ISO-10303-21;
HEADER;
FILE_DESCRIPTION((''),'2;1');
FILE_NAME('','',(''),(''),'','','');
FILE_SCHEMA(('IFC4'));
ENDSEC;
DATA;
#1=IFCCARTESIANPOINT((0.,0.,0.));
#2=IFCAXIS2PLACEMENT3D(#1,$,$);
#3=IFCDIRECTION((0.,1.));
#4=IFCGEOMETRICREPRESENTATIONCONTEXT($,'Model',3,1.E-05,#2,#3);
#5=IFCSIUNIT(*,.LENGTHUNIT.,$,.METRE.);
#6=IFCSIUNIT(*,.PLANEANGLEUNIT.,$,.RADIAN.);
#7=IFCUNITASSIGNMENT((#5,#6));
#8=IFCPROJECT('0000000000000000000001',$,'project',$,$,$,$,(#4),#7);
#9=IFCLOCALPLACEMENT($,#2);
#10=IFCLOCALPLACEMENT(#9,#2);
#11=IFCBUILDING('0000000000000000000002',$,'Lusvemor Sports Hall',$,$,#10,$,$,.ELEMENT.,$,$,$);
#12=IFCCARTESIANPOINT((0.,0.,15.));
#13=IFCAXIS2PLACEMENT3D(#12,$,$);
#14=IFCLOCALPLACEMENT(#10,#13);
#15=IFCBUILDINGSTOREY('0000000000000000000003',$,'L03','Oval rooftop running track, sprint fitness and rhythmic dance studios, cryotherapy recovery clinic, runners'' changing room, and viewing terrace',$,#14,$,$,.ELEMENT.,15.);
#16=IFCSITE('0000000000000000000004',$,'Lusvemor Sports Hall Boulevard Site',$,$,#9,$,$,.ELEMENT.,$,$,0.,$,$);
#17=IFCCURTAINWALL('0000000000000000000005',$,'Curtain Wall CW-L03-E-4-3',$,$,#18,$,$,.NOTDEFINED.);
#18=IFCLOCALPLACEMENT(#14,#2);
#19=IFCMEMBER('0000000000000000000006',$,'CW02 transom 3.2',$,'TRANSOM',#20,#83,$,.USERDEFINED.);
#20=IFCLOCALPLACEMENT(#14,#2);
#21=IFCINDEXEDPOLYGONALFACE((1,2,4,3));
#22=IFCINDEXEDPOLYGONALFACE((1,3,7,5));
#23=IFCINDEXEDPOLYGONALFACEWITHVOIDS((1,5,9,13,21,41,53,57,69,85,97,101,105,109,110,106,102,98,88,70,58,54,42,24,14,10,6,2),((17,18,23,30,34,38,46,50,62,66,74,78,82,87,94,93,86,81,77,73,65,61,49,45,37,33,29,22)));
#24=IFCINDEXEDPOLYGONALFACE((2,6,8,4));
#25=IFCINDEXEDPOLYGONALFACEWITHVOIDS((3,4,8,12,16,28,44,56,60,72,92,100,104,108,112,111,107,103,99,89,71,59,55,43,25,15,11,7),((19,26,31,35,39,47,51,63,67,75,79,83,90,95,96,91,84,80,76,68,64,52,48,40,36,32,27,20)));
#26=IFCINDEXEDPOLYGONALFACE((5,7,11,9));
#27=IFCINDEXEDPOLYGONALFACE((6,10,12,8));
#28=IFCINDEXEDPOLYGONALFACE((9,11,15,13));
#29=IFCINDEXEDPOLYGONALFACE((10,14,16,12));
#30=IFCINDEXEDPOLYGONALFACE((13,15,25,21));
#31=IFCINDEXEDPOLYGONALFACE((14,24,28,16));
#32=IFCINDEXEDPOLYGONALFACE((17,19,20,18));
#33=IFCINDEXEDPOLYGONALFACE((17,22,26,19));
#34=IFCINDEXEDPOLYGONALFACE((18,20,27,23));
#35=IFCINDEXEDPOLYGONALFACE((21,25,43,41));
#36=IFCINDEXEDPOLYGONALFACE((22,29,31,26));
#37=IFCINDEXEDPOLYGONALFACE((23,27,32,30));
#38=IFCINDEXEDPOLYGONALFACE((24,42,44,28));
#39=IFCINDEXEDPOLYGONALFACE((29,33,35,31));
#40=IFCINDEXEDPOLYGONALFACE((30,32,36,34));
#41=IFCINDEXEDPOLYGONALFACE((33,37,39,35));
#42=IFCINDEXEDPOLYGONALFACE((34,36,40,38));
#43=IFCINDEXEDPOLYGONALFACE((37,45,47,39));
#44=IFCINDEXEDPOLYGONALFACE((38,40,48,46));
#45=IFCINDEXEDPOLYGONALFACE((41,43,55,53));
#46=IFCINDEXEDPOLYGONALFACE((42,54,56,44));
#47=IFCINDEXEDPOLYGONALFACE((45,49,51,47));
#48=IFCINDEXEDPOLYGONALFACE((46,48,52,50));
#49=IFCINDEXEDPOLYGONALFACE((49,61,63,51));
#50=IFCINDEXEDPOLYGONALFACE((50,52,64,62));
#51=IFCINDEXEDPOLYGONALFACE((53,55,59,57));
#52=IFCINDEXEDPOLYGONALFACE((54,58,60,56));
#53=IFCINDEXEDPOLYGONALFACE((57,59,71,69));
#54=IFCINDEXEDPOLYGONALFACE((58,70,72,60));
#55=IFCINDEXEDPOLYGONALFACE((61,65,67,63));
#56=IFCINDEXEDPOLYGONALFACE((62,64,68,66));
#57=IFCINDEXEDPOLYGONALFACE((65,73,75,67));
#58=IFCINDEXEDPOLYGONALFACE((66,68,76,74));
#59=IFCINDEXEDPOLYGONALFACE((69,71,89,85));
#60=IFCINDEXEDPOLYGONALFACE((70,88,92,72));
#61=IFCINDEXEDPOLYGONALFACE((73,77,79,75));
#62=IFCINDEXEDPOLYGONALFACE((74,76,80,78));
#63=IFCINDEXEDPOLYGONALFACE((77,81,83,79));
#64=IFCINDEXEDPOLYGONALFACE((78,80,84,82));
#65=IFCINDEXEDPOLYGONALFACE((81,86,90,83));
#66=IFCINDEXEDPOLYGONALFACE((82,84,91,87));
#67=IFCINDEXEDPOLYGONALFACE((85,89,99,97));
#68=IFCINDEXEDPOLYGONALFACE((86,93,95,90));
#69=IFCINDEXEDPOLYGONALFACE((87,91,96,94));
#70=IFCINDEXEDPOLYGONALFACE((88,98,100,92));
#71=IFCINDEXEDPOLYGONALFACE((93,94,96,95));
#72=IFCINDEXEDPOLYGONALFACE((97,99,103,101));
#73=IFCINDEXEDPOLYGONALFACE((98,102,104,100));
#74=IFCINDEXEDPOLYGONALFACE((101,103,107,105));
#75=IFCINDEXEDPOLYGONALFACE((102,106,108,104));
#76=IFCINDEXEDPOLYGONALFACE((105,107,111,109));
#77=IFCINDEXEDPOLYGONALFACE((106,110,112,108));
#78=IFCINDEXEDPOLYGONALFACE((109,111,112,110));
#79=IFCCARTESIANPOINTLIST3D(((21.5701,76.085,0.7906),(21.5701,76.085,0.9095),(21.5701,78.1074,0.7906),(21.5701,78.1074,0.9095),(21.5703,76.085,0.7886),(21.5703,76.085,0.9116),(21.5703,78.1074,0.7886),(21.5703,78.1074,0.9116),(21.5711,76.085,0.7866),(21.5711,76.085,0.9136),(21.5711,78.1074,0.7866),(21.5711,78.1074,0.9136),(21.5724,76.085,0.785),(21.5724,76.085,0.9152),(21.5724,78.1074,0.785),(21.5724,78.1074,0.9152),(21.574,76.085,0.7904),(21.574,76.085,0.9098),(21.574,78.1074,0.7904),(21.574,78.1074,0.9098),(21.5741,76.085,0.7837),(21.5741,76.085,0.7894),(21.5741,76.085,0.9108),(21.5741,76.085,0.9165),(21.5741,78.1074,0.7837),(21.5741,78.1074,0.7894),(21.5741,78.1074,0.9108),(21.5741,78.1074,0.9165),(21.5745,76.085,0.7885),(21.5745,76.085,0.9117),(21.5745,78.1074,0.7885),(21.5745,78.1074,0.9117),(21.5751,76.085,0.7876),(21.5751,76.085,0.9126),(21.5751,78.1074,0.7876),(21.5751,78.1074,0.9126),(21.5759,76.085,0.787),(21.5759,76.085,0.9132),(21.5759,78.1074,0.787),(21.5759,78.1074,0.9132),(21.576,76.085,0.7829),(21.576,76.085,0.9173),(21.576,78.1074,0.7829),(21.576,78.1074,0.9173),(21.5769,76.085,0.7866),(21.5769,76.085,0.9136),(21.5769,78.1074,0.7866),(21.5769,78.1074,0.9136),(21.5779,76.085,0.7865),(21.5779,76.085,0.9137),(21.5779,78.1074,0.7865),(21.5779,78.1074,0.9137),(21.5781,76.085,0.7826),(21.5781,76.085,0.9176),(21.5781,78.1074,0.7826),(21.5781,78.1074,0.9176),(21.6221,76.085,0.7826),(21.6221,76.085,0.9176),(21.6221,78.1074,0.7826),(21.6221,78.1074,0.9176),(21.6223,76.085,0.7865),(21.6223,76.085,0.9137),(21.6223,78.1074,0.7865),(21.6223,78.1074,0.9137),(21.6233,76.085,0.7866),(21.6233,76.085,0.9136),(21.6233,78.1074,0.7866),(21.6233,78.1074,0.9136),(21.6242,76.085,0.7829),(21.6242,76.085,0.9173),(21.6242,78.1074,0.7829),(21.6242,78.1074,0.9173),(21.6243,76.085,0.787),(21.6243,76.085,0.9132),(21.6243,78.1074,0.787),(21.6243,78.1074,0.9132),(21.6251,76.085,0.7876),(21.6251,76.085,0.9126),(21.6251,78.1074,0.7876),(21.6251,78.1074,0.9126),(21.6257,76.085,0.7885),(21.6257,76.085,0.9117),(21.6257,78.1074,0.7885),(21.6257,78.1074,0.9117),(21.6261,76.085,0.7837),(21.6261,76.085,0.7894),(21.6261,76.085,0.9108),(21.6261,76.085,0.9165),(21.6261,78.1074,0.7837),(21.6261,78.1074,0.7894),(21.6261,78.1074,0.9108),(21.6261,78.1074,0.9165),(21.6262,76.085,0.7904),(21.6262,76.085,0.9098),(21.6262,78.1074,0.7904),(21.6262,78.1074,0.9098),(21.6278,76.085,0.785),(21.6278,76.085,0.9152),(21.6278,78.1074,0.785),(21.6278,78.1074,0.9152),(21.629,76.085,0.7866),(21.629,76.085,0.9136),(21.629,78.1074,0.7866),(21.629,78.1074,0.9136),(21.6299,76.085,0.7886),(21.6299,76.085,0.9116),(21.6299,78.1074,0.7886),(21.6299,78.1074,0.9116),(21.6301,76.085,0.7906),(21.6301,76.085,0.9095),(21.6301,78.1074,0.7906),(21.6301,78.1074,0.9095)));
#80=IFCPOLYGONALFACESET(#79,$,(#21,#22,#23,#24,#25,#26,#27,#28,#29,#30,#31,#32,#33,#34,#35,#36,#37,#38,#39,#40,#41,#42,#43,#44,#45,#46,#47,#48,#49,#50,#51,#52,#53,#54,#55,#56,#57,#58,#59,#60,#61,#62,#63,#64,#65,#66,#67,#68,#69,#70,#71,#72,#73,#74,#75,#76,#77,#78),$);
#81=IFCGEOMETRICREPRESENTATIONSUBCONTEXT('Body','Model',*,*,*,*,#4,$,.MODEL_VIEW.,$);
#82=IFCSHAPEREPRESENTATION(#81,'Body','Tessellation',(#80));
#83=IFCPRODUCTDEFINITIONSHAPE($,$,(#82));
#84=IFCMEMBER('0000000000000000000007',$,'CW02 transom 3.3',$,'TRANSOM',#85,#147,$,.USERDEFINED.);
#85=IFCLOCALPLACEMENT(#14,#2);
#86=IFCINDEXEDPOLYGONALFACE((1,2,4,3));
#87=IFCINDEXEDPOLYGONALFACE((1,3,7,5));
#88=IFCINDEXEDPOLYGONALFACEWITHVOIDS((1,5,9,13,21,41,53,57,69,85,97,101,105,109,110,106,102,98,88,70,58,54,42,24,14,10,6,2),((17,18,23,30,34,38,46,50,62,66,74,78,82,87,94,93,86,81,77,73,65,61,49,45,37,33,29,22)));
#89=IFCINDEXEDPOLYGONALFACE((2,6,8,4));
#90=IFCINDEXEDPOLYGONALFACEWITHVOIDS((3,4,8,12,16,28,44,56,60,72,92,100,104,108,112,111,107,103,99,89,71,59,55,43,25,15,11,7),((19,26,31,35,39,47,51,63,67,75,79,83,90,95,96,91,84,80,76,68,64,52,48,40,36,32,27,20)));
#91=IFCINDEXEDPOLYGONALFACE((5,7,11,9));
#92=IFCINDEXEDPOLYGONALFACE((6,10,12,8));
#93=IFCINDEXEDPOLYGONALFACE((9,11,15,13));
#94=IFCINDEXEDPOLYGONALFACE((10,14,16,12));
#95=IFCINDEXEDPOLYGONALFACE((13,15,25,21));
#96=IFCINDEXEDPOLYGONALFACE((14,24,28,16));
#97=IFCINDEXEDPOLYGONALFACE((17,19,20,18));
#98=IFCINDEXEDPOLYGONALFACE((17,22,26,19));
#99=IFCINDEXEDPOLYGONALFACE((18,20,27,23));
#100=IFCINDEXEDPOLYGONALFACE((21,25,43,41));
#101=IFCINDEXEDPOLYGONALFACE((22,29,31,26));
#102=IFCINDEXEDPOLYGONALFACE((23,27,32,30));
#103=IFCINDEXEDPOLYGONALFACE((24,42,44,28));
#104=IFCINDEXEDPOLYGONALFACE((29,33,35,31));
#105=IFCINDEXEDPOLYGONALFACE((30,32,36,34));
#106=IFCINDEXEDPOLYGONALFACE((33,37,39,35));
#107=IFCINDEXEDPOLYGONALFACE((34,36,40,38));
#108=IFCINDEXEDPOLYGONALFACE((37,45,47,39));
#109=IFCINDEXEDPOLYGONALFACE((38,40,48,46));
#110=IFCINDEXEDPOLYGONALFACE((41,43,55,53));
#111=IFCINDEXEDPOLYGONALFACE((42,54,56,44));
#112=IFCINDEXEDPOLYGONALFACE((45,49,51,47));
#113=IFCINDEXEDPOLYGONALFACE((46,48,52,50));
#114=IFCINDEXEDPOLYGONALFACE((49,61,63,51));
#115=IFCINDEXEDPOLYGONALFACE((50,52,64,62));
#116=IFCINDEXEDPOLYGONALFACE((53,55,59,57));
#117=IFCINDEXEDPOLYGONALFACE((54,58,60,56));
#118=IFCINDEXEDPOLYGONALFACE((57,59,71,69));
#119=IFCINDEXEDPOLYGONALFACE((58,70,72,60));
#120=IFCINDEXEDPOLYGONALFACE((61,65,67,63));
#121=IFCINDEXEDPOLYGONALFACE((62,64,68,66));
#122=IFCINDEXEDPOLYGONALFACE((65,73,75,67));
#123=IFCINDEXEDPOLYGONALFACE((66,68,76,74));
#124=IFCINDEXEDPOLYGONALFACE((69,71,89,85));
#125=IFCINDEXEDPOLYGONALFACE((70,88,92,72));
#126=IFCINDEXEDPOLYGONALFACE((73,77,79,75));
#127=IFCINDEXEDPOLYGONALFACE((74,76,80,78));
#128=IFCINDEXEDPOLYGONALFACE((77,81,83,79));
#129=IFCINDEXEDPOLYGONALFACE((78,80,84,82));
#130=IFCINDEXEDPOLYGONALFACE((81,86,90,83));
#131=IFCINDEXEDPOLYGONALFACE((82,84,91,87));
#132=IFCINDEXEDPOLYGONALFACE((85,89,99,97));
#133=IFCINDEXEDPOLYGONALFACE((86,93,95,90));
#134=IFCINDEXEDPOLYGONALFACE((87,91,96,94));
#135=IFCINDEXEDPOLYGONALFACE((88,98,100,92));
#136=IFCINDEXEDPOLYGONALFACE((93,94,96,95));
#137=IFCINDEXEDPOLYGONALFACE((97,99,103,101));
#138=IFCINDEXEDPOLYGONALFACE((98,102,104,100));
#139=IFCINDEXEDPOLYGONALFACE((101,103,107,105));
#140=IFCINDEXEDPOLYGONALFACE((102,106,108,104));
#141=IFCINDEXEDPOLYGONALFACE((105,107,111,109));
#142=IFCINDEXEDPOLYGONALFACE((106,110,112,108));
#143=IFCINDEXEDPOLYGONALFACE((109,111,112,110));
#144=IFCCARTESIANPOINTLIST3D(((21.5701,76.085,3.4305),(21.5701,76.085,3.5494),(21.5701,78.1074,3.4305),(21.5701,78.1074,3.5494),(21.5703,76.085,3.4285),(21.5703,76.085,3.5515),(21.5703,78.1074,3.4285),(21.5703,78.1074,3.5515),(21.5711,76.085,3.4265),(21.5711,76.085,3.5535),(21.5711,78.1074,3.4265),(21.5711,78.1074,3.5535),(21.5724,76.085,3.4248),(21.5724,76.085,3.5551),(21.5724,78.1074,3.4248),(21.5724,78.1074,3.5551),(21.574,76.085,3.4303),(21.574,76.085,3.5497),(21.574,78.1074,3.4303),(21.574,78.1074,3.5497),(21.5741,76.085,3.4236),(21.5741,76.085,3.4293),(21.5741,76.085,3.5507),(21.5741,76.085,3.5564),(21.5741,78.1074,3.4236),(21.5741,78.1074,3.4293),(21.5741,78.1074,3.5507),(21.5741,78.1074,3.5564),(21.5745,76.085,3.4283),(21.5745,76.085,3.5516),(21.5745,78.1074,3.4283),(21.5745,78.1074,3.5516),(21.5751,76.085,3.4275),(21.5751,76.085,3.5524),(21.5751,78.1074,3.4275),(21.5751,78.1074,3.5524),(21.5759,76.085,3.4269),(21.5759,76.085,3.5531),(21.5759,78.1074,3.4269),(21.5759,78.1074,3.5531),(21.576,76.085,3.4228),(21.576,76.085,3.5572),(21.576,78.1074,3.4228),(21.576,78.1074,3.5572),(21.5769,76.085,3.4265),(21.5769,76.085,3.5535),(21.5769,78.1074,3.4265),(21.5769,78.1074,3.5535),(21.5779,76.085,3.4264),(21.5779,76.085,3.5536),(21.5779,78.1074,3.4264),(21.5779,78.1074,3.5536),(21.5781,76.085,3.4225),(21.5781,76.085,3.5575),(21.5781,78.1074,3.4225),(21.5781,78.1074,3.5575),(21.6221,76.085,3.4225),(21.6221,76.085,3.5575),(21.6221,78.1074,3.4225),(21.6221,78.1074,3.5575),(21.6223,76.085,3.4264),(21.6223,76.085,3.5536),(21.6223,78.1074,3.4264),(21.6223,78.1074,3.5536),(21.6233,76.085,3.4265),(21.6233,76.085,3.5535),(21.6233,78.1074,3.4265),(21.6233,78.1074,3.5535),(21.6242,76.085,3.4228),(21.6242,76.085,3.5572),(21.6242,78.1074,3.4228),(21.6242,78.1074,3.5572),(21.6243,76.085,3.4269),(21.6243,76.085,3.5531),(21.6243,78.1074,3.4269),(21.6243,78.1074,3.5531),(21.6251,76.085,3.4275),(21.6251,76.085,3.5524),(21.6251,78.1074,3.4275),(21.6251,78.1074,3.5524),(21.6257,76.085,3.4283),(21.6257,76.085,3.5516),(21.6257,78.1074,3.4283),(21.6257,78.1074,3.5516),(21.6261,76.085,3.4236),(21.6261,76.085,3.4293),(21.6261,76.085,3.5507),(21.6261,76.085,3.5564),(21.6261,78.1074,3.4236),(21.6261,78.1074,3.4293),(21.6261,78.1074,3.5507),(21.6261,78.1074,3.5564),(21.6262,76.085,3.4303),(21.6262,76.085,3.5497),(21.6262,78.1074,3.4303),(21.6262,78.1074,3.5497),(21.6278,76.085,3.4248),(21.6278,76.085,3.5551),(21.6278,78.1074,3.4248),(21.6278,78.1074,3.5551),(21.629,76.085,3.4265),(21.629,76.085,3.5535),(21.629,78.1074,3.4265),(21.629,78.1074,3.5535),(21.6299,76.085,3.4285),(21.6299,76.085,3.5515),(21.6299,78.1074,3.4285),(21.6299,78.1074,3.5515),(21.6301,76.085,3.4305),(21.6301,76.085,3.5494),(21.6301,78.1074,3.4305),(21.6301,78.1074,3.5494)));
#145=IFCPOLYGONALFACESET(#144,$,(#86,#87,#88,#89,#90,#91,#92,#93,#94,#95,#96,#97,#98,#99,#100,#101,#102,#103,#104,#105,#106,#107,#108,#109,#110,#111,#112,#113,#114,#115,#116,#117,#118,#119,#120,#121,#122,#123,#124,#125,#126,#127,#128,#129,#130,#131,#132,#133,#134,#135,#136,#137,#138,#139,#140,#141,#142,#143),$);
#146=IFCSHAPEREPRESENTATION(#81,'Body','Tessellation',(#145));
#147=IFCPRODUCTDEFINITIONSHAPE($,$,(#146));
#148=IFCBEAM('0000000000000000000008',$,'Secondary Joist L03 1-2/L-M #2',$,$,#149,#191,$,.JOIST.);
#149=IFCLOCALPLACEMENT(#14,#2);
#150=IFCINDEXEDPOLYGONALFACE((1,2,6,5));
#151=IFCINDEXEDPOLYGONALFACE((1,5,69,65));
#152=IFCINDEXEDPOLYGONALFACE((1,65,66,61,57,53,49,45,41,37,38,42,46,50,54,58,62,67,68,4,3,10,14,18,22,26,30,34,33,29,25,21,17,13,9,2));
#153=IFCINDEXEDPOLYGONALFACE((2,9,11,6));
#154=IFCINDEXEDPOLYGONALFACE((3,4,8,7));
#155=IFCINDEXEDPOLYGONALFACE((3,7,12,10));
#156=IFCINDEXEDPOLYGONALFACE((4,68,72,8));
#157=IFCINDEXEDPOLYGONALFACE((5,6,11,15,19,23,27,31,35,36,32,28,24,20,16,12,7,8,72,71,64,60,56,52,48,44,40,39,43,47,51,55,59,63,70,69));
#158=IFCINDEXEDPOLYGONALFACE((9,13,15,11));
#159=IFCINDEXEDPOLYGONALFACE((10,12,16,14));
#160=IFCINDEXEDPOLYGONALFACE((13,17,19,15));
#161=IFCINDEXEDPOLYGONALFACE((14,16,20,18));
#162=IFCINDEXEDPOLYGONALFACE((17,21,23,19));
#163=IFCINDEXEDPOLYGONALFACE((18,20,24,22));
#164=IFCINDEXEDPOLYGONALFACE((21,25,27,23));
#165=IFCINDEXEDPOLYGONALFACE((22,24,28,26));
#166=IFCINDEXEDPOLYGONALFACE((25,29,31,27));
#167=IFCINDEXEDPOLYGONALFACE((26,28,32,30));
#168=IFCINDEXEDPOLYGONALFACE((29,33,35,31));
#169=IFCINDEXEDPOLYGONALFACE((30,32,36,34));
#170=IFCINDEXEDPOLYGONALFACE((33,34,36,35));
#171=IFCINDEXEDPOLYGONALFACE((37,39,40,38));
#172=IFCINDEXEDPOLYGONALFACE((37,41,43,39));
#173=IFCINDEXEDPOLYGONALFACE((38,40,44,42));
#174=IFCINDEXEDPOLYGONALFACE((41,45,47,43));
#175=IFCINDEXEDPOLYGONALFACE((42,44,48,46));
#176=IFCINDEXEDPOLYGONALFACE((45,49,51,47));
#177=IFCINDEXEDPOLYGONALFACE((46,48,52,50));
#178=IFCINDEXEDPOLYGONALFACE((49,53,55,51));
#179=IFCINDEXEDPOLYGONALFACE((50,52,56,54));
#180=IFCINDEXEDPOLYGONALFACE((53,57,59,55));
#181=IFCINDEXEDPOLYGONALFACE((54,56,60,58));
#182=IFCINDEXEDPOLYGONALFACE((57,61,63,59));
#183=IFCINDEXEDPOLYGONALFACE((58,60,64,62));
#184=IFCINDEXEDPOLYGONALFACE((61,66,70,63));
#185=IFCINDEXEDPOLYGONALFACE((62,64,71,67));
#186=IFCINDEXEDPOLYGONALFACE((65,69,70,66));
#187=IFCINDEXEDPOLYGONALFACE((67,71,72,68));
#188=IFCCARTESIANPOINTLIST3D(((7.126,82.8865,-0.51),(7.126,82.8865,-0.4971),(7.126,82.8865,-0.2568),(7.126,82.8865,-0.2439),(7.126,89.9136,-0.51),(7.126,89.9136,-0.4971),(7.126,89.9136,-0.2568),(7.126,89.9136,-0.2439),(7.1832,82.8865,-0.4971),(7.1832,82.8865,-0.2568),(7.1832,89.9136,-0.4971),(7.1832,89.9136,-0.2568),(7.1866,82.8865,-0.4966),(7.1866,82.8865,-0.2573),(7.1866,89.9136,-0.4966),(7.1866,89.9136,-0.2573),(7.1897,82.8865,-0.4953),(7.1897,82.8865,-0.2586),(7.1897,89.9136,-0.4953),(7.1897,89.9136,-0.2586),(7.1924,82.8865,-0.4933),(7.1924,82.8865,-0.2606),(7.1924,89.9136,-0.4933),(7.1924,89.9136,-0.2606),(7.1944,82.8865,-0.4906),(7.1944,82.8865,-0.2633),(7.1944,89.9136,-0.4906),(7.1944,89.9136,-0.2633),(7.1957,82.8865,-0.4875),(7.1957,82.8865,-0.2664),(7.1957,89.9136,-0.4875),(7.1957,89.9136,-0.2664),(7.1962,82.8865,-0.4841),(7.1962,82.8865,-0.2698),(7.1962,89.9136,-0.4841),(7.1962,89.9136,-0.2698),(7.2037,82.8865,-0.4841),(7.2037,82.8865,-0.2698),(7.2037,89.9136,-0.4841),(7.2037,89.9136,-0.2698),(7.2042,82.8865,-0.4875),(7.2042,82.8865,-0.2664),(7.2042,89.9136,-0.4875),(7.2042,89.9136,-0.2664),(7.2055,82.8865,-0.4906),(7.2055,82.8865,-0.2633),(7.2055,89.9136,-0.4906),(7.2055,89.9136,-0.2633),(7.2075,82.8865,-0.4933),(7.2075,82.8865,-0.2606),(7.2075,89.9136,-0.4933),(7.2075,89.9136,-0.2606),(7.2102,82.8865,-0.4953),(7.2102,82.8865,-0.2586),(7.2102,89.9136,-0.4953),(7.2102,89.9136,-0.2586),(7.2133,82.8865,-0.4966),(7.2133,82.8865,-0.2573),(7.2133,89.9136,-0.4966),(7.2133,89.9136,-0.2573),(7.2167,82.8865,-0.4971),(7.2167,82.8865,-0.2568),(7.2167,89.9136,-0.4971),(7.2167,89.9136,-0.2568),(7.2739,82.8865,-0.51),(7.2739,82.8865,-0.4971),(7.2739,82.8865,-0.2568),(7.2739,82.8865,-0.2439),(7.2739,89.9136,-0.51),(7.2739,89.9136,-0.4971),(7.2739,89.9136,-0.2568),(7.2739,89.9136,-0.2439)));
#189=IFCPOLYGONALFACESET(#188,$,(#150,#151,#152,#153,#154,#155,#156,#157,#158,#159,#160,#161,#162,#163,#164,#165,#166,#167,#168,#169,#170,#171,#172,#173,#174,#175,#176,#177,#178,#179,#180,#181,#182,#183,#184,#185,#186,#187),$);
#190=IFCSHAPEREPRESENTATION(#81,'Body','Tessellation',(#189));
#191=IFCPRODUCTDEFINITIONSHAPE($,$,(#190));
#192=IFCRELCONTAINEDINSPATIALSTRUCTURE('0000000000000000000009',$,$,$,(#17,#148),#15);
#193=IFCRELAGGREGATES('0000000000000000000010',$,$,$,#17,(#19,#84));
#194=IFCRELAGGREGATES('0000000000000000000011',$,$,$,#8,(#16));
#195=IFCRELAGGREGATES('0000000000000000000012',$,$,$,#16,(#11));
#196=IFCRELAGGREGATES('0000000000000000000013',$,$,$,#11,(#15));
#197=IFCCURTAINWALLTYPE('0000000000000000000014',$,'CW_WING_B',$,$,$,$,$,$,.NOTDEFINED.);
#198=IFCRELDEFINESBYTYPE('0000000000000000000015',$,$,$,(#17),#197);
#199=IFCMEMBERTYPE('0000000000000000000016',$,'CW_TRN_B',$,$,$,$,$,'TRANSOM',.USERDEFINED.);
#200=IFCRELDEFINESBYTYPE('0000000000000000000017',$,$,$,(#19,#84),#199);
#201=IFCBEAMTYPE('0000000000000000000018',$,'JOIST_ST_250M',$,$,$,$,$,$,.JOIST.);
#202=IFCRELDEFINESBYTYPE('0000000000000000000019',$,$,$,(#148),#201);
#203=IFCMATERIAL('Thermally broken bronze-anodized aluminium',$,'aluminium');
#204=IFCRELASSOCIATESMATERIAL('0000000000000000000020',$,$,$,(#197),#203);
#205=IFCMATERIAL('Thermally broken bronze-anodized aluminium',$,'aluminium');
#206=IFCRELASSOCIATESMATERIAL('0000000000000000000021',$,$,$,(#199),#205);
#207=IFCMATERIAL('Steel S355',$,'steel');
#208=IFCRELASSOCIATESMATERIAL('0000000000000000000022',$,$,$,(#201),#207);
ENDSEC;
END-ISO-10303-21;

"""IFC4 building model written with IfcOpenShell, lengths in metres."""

from ifc_helpers import new_model, si_unit, direction, frame, origin, origin_2d, place, context, subcontext, project, spatial, hollow_rectangle, i_section, extrude, material, material_profile, profile_set, type_object, element, aggregate, save


model = new_model("IFC4")

# Units and contexts
model_context = context("Model", 3, precision=1e-05, world=origin(), true_north=direction((0.0, 1.0)))
body_context = subcontext(model_context, "Body", "Model", "MODEL_VIEW")
ifc_project = project(units=[si_unit("LENGTHUNIT", "METRE"), si_unit("PLANEANGLEUNIT", "RADIAN")], contexts=[model_context])

# Site, building, storey
site_placement = place(None, origin())
site = spatial("IfcSite", under=ifc_project, at=site_placement, Name="Lusvemor Sports Hall Boulevard Site", CompositionType="ELEMENT", RefElevation=0.0)
building_placement = place(site_placement, origin())
building = spatial("IfcBuilding", under=site, at=building_placement, Name="Lusvemor Sports Hall", CompositionType="ELEMENT")
storey_placement = place(building_placement, frame((0.0, 0.0, 15.0)))
storey = spatial("IfcBuildingStorey", under=building, at=storey_placement, Name="L03", Description="Oval rooftop running track, sprint fitness and rhythmic dance studios, cryotherapy recovery clinic, runners' changing room, and viewing terrace", CompositionType="ELEMENT", Elevation=15.0)

# Curtain wall, members
ifc_material_1 = material(Name="Thermally broken bronze-anodized aluminium", Category="aluminium")
curtain_wall_type = type_object("IfcCurtainWallType", Name="CW_WING_B", PredefinedType="NOTDEFINED", material=ifc_material_1)
curtain_wall_placement = place(storey_placement, origin())
curtain_wall = element("IfcCurtainWall", 1, at=curtain_wall_placement, inside=storey, type_object=curtain_wall_type, Name="Curtain Wall CW-L03-E-4-3", PredefinedType="NOTDEFINED")
ifc_material_2 = material(Name="Thermally broken bronze-anodized aluminium", Category="aluminium")
ifc_material_profile_1 = material_profile(ifc_material_2, hollow_rectangle(XDim=0.0601, YDim=0.135, WallThickness=0.0039, InnerFilletRadius=0.0039, OuterFilletRadius=0.0081, at=origin_2d()), Name="CWTRN135x60x4")
ifc_profile_set_1 = profile_set([ifc_material_profile_1], Name="Thermally broken bronze-anodized aluminium")
member_type_1 = type_object("IfcMemberType", Name="CW_TRN_B", ElementType="TRANSOM", PredefinedType="USERDEFINED", material=ifc_profile_set_1)
member_1_placement = place(storey_placement, frame((21.6001, 78.1074, 0.8501), z_axis=(0.0, -1.0, 0.0), x_axis=(1.0, 0.0, 0.0)))
member_1 = element("IfcMember", 2, at=member_1_placement, type_object=member_type_1, Name="CW02 transom 3.2", ObjectType="TRANSOM", PredefinedType="USERDEFINED", context=body_context, shape_type="SweptSolid", body=[
    extrude(hollow_rectangle(XDim=0.0601, YDim=0.135, WallThickness=0.0039, InnerFilletRadius=0.0039, OuterFilletRadius=0.0081, at=origin_2d()), origin(), (0.0, 0.0, 1.0), 2.0225),
])
member_2_placement = place(storey_placement, frame((21.6001, 78.1074, 3.49), z_axis=(0.0, -1.0, 0.0), x_axis=(1.0, 0.0, 0.0)))
member_2 = element("IfcMember", 3, at=member_2_placement, type_object=member_type_1, Name="CW02 transom 3.3", ObjectType="TRANSOM", PredefinedType="USERDEFINED", context=body_context, shape_type="SweptSolid", body=[
    extrude(hollow_rectangle(XDim=0.0601, YDim=0.135, WallThickness=0.0039, InnerFilletRadius=0.0039, OuterFilletRadius=0.0081, at=origin_2d()), origin(), (0.0, 0.0, 1.0), 2.0225),
])

# Beam
ifc_material_3 = material(Name="Steel S355", Category="steel")
ifc_material_profile_2 = material_profile(ifc_material_3, i_section(OverallWidth=0.1479, OverallDepth=0.2661, WebThickness=0.0076, FlangeThickness=0.0129, FilletRadius=0.0129, at=origin_2d()), Name="W250x44.8")
ifc_profile_set_2 = profile_set([ifc_material_profile_2], Name="Steel S355")
beam_type_1 = type_object("IfcBeamType", Name="JOIST_ST_250M", PredefinedType="JOIST", material=ifc_profile_set_2)
for number, where, z_axis, x_axis, name in (
    (4, (7.2, 82.8865, -0.377), (0.0, 1.0, 0.0), (-1.0, 0.0, 0.0), "Secondary Joist L03 1-2/L-M #2"),
):
    element("IfcBeam", number, at=place(storey_placement, frame(where, z_axis=z_axis, x_axis=x_axis)), inside=storey, type_object=beam_type_1, Name=name, PredefinedType="JOIST", context=body_context, shape_type="SweptSolid", body=[
        extrude(i_section(OverallWidth=0.1479, OverallDepth=0.2661, WebThickness=0.0076, FlangeThickness=0.0129, FilletRadius=0.0129, at=origin_2d()), origin(), (0.0, 0.0, 1.0), 7.0271),
    ])

aggregate(curtain_wall, [member_1, member_2])

save(model, "model.ifc")
